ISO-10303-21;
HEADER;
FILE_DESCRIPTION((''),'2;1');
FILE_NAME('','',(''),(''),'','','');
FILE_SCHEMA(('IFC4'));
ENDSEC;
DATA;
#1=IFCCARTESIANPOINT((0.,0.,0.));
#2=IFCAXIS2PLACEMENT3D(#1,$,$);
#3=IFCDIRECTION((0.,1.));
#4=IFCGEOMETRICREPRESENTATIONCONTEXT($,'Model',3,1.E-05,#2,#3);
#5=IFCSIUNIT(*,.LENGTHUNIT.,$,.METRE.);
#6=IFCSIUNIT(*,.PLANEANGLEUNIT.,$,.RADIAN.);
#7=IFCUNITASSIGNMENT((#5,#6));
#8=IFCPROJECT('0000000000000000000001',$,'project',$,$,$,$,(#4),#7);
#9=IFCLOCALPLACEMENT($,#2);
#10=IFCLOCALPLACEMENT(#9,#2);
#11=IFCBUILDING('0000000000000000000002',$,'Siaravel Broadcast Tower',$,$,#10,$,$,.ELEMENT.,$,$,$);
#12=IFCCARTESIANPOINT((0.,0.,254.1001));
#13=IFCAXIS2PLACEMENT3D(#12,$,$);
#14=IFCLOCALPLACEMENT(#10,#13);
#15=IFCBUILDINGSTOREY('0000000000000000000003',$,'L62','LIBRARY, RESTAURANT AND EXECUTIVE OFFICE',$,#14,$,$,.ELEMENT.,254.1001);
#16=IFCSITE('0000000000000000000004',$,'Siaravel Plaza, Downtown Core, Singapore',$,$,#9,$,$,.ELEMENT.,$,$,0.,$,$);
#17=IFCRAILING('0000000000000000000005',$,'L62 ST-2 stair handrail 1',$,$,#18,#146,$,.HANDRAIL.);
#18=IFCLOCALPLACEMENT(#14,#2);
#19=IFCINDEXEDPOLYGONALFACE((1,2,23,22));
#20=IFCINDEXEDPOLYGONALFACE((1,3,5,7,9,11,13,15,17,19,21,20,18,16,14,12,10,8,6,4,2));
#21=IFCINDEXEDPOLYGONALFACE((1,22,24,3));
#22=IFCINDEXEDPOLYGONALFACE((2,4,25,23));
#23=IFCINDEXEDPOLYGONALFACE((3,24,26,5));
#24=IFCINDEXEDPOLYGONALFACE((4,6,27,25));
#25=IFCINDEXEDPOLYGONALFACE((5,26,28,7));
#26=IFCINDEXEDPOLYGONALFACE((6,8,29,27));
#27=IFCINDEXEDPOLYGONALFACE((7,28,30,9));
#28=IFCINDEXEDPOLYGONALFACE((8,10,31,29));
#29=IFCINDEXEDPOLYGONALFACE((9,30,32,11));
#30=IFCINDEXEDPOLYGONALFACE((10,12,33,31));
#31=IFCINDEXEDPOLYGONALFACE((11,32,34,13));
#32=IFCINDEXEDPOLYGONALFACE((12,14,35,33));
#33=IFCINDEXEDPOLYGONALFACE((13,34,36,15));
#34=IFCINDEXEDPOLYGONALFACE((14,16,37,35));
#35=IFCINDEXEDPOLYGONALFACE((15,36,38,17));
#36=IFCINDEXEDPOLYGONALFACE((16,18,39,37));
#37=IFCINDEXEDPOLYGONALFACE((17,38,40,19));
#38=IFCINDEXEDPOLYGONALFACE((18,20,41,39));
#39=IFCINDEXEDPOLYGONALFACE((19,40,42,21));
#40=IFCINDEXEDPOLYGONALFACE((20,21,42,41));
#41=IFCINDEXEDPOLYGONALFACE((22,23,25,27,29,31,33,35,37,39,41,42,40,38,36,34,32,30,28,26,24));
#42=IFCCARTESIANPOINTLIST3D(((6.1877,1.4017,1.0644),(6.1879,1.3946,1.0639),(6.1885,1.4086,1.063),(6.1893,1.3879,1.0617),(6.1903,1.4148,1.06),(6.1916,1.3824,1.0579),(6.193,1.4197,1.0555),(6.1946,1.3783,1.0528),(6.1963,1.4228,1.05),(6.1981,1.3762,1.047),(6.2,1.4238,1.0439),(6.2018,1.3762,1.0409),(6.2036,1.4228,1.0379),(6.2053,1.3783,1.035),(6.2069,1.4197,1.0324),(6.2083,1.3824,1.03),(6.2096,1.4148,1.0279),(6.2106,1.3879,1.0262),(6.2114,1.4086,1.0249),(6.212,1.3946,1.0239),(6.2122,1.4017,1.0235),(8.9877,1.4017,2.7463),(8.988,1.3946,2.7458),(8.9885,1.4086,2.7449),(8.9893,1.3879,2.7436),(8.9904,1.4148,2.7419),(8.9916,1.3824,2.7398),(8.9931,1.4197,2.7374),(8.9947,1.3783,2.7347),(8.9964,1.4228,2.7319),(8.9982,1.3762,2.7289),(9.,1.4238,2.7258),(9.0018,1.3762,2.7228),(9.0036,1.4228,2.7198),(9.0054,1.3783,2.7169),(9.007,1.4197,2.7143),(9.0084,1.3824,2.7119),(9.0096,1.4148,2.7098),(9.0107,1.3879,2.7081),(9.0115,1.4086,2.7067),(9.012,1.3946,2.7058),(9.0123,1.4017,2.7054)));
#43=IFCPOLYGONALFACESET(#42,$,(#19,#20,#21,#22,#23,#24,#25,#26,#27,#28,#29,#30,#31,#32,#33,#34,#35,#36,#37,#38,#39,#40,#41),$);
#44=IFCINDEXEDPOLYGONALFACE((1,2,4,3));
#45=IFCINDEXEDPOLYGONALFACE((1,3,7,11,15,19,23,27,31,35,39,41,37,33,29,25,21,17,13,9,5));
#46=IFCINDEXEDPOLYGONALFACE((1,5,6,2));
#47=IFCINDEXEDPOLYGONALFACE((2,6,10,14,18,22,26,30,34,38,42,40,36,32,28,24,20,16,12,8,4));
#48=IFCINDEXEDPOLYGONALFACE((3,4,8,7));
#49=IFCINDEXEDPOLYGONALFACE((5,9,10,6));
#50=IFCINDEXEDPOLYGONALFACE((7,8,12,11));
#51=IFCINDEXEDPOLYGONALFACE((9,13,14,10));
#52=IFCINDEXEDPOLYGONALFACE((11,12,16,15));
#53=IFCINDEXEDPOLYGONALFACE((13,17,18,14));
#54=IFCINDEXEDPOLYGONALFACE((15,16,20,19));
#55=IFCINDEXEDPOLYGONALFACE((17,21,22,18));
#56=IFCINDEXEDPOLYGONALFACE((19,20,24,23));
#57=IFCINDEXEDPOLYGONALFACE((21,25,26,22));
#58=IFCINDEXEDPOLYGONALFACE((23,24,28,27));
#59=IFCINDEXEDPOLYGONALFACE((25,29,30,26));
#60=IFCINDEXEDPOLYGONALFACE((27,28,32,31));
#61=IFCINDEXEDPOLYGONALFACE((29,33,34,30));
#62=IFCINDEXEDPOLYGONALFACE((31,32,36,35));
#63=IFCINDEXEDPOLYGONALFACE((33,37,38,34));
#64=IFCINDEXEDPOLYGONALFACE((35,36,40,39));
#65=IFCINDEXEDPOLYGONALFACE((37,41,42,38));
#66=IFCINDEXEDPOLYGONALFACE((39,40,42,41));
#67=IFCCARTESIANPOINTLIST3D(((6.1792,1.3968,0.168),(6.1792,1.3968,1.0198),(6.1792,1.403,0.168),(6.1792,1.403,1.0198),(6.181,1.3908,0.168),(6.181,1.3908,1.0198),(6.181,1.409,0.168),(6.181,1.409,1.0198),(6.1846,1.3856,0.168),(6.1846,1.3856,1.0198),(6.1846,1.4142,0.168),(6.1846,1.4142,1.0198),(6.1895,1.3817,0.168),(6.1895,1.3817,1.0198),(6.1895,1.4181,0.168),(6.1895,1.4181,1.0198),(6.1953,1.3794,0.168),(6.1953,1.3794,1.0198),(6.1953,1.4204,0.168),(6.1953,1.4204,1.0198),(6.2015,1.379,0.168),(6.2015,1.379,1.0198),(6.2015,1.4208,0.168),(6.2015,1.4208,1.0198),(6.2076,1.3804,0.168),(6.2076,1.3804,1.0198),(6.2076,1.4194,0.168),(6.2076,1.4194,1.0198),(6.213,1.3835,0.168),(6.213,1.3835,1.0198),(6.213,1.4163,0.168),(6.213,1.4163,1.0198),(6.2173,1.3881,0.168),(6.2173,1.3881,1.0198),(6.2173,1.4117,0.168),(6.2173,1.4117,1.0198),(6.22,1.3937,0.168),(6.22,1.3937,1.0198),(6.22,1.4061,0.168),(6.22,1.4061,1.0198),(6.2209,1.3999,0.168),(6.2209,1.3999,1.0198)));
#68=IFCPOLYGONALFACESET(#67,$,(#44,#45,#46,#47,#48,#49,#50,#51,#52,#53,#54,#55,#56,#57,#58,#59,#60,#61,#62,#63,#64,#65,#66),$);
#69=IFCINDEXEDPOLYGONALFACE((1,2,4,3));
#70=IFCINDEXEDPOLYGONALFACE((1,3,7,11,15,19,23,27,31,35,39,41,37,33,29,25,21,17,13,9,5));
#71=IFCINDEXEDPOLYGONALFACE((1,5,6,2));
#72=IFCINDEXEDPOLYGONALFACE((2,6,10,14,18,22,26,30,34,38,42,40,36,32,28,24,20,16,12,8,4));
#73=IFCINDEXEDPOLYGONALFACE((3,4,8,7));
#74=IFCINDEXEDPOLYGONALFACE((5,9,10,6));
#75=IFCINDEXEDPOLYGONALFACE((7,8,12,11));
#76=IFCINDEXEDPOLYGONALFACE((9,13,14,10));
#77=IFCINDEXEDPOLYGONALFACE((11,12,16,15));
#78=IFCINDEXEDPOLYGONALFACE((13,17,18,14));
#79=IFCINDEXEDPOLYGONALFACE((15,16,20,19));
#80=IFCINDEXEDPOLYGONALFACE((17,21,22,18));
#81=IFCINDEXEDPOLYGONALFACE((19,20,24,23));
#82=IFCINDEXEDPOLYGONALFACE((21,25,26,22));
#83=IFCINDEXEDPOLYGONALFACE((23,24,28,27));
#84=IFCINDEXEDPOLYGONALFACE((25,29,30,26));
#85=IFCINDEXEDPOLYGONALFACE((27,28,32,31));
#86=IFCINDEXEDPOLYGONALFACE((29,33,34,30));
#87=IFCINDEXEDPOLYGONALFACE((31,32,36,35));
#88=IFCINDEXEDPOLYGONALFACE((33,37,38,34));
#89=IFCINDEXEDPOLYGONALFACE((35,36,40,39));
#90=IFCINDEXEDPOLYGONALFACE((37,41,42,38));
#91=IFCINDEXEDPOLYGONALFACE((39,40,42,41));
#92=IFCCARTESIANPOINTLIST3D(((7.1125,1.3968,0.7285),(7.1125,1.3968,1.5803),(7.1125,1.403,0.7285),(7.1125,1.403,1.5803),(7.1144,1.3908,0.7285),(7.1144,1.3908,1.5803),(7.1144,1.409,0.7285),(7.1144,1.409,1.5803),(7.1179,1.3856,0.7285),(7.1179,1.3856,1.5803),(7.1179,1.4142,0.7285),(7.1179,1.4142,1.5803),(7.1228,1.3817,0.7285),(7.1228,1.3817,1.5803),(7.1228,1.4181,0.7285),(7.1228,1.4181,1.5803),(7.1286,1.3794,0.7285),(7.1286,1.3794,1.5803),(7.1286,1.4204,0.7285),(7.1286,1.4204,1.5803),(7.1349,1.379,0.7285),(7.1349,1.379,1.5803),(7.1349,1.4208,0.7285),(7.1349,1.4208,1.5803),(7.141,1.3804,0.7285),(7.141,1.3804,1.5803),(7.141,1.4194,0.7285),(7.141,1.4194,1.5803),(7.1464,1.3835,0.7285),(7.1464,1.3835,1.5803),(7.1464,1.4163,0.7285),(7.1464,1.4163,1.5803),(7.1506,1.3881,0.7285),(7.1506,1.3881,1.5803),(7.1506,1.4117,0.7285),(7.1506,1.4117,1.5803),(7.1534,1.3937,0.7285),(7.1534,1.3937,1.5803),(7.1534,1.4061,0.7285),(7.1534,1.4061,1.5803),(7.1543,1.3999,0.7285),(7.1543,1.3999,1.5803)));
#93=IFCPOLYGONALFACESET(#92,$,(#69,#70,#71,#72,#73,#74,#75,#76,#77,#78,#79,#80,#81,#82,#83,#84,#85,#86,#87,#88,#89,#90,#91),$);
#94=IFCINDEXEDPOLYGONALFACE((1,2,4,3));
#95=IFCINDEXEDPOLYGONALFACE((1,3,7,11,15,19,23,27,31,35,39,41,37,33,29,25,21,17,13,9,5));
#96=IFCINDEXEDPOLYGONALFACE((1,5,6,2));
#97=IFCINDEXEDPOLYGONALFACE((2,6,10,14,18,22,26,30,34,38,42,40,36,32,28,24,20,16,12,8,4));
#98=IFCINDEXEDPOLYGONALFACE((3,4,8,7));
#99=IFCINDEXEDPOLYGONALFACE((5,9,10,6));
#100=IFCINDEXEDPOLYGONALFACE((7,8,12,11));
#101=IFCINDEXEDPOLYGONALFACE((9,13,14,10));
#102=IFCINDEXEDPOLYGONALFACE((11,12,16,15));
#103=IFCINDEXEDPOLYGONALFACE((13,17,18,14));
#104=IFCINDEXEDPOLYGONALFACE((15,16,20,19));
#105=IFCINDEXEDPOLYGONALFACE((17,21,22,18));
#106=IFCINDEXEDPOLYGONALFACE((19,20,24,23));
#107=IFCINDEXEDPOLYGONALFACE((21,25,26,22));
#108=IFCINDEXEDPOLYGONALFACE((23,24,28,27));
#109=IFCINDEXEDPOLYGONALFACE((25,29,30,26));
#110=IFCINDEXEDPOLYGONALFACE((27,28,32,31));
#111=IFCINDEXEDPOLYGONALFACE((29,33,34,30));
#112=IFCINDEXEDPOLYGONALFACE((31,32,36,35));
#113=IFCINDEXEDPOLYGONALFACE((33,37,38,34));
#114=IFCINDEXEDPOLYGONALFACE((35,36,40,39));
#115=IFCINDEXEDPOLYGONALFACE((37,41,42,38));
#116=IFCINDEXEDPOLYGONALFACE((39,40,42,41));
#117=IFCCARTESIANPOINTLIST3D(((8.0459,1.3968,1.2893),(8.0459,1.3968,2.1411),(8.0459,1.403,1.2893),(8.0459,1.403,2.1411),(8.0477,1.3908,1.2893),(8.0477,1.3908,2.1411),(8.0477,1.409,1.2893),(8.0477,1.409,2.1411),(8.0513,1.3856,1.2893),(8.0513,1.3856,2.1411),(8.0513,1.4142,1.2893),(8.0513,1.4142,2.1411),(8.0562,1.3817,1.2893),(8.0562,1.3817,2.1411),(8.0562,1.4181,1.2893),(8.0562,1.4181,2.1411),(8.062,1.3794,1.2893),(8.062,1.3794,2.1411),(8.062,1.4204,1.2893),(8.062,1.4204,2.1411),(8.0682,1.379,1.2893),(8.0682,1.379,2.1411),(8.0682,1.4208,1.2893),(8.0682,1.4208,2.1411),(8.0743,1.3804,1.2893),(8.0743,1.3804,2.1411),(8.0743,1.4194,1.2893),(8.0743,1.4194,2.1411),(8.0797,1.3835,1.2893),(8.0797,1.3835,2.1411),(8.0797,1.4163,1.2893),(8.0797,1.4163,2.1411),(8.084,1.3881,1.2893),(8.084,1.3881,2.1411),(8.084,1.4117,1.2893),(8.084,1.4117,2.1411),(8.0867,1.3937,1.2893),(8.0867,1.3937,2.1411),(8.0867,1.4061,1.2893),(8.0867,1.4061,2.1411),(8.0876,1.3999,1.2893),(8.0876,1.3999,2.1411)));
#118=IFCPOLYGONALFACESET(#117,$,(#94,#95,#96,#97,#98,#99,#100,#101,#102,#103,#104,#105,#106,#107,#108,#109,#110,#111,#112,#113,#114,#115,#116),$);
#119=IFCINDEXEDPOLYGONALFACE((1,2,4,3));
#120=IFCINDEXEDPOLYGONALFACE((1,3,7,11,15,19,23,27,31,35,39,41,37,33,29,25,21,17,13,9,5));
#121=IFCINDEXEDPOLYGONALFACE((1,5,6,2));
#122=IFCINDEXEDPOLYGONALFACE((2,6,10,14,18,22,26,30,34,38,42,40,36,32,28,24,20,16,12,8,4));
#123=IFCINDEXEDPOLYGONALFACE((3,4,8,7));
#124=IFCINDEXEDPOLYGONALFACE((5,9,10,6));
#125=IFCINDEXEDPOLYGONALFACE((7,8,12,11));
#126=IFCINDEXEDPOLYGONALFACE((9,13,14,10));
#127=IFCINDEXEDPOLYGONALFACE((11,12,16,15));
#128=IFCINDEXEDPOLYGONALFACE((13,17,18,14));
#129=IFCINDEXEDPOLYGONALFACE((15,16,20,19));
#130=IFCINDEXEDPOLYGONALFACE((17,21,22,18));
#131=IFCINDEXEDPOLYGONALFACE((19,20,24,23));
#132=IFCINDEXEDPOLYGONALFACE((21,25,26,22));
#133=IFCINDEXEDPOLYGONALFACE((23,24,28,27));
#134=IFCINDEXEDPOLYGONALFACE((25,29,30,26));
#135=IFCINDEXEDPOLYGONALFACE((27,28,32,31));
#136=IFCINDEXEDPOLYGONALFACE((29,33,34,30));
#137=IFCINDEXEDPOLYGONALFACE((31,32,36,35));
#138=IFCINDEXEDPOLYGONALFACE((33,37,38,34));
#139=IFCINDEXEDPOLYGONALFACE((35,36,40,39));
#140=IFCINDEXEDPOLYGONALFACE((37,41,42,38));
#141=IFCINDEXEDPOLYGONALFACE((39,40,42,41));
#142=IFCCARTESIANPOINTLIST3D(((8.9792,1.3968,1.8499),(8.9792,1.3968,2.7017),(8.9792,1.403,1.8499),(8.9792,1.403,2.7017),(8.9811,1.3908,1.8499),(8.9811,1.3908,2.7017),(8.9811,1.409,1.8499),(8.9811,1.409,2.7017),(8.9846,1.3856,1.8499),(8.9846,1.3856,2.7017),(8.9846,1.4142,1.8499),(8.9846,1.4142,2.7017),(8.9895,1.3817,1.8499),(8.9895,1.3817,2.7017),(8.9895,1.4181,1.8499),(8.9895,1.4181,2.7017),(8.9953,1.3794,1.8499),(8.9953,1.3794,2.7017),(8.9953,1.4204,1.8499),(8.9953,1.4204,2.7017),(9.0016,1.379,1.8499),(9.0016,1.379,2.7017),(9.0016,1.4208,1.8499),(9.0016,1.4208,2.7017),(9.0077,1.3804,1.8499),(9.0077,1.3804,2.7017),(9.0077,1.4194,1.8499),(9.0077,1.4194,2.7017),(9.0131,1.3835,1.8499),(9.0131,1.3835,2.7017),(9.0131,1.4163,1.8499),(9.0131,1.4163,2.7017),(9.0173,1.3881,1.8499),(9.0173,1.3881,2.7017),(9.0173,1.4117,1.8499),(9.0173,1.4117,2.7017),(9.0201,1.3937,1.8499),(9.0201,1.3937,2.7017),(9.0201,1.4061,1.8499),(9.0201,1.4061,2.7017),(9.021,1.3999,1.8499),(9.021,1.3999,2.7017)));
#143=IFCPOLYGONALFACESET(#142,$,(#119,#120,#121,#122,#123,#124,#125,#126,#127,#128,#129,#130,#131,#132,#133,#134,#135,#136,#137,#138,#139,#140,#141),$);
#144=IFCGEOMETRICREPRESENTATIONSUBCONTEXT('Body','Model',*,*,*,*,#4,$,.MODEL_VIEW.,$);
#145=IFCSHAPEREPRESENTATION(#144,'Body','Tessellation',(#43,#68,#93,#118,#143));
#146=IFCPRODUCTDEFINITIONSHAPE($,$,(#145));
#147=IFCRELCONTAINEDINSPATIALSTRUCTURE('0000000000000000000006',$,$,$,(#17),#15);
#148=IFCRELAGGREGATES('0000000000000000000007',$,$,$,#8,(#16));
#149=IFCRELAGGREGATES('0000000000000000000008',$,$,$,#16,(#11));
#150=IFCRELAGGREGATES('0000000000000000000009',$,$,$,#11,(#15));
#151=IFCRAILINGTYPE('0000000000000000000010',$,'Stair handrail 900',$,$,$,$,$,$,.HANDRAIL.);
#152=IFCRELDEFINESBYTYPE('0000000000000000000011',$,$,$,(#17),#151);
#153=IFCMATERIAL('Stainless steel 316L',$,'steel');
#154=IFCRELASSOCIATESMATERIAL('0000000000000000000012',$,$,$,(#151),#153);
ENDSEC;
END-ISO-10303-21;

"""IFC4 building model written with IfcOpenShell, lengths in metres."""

from ifc_helpers import new_model, si_unit, direction, frame, origin, origin_2d, place, context, subcontext, project, spatial, circle, extrude, material, type_object, element, save


model = new_model("IFC4")

# Units and contexts
model_context = context("Model", 3, precision=1e-05, world=origin(), true_north=direction((0.0, 1.0)))
body_context = subcontext(model_context, "Body", "Model", "MODEL_VIEW")
ifc_project = project(units=[si_unit("LENGTHUNIT", "METRE"), si_unit("PLANEANGLEUNIT", "RADIAN")], contexts=[model_context])

# Site, building, storey
site_placement = place(None, origin())
site = spatial("IfcSite", under=ifc_project, at=site_placement, Name="Siaravel Plaza, Downtown Core, Singapore", CompositionType="ELEMENT", RefElevation=0.0)
building_placement = place(site_placement, origin())
building = spatial("IfcBuilding", under=site, at=building_placement, Name="Siaravel Broadcast Tower", CompositionType="ELEMENT")
storey_placement = place(building_placement, frame((0.0, 0.0, 254.1001)))
storey = spatial("IfcBuildingStorey", under=building, at=storey_placement, Name="L62", Description="LIBRARY, RESTAURANT AND EXECUTIVE OFFICE", CompositionType="ELEMENT", Elevation=254.1001)

# Railing
ifc_material_1 = material(Name="Stainless steel 316L", Category="steel")
railing_type_1 = type_object("IfcRailingType", Name="Stair handrail 900", PredefinedType="HANDRAIL", material=ifc_material_1)
railing_1_placement = place(storey_placement, frame((6.2, 1.3999, 0.168)))
element("IfcRailing", 1, at=railing_1_placement, inside=storey, type_object=railing_type_1, Name="L62 ST-2 stair handrail 1", PredefinedType="HANDRAIL", context=body_context, shape_type="SweptSolid", body=[
    extrude(circle(Radius=0.0239, at=origin_2d()), frame((0.0, 0.0, 0.876), z_axis=(0.857242, 0.0, 0.514913), x_axis=(0.0, 1.0, 0.0)), (0.0, 0.0, 1.0), 3.2664),
    extrude(circle(Radius=0.021, at=origin_2d()), origin(), (0.0, 0.0, 1.0), 0.8518),
    extrude(circle(Radius=0.021, at=origin_2d()), frame((0.9333, 0.0, 0.5605)), (0.0, 0.0, 1.0), 0.8518),
    extrude(circle(Radius=0.021, at=origin_2d()), frame((1.8667, 0.0, 1.1213)), (0.0, 0.0, 1.0), 0.8518),
    extrude(circle(Radius=0.021, at=origin_2d()), frame((2.8, 0.0, 1.6819)), (0.0, 0.0, 1.0), 0.8518),
])

save(model, "model.ifc")
